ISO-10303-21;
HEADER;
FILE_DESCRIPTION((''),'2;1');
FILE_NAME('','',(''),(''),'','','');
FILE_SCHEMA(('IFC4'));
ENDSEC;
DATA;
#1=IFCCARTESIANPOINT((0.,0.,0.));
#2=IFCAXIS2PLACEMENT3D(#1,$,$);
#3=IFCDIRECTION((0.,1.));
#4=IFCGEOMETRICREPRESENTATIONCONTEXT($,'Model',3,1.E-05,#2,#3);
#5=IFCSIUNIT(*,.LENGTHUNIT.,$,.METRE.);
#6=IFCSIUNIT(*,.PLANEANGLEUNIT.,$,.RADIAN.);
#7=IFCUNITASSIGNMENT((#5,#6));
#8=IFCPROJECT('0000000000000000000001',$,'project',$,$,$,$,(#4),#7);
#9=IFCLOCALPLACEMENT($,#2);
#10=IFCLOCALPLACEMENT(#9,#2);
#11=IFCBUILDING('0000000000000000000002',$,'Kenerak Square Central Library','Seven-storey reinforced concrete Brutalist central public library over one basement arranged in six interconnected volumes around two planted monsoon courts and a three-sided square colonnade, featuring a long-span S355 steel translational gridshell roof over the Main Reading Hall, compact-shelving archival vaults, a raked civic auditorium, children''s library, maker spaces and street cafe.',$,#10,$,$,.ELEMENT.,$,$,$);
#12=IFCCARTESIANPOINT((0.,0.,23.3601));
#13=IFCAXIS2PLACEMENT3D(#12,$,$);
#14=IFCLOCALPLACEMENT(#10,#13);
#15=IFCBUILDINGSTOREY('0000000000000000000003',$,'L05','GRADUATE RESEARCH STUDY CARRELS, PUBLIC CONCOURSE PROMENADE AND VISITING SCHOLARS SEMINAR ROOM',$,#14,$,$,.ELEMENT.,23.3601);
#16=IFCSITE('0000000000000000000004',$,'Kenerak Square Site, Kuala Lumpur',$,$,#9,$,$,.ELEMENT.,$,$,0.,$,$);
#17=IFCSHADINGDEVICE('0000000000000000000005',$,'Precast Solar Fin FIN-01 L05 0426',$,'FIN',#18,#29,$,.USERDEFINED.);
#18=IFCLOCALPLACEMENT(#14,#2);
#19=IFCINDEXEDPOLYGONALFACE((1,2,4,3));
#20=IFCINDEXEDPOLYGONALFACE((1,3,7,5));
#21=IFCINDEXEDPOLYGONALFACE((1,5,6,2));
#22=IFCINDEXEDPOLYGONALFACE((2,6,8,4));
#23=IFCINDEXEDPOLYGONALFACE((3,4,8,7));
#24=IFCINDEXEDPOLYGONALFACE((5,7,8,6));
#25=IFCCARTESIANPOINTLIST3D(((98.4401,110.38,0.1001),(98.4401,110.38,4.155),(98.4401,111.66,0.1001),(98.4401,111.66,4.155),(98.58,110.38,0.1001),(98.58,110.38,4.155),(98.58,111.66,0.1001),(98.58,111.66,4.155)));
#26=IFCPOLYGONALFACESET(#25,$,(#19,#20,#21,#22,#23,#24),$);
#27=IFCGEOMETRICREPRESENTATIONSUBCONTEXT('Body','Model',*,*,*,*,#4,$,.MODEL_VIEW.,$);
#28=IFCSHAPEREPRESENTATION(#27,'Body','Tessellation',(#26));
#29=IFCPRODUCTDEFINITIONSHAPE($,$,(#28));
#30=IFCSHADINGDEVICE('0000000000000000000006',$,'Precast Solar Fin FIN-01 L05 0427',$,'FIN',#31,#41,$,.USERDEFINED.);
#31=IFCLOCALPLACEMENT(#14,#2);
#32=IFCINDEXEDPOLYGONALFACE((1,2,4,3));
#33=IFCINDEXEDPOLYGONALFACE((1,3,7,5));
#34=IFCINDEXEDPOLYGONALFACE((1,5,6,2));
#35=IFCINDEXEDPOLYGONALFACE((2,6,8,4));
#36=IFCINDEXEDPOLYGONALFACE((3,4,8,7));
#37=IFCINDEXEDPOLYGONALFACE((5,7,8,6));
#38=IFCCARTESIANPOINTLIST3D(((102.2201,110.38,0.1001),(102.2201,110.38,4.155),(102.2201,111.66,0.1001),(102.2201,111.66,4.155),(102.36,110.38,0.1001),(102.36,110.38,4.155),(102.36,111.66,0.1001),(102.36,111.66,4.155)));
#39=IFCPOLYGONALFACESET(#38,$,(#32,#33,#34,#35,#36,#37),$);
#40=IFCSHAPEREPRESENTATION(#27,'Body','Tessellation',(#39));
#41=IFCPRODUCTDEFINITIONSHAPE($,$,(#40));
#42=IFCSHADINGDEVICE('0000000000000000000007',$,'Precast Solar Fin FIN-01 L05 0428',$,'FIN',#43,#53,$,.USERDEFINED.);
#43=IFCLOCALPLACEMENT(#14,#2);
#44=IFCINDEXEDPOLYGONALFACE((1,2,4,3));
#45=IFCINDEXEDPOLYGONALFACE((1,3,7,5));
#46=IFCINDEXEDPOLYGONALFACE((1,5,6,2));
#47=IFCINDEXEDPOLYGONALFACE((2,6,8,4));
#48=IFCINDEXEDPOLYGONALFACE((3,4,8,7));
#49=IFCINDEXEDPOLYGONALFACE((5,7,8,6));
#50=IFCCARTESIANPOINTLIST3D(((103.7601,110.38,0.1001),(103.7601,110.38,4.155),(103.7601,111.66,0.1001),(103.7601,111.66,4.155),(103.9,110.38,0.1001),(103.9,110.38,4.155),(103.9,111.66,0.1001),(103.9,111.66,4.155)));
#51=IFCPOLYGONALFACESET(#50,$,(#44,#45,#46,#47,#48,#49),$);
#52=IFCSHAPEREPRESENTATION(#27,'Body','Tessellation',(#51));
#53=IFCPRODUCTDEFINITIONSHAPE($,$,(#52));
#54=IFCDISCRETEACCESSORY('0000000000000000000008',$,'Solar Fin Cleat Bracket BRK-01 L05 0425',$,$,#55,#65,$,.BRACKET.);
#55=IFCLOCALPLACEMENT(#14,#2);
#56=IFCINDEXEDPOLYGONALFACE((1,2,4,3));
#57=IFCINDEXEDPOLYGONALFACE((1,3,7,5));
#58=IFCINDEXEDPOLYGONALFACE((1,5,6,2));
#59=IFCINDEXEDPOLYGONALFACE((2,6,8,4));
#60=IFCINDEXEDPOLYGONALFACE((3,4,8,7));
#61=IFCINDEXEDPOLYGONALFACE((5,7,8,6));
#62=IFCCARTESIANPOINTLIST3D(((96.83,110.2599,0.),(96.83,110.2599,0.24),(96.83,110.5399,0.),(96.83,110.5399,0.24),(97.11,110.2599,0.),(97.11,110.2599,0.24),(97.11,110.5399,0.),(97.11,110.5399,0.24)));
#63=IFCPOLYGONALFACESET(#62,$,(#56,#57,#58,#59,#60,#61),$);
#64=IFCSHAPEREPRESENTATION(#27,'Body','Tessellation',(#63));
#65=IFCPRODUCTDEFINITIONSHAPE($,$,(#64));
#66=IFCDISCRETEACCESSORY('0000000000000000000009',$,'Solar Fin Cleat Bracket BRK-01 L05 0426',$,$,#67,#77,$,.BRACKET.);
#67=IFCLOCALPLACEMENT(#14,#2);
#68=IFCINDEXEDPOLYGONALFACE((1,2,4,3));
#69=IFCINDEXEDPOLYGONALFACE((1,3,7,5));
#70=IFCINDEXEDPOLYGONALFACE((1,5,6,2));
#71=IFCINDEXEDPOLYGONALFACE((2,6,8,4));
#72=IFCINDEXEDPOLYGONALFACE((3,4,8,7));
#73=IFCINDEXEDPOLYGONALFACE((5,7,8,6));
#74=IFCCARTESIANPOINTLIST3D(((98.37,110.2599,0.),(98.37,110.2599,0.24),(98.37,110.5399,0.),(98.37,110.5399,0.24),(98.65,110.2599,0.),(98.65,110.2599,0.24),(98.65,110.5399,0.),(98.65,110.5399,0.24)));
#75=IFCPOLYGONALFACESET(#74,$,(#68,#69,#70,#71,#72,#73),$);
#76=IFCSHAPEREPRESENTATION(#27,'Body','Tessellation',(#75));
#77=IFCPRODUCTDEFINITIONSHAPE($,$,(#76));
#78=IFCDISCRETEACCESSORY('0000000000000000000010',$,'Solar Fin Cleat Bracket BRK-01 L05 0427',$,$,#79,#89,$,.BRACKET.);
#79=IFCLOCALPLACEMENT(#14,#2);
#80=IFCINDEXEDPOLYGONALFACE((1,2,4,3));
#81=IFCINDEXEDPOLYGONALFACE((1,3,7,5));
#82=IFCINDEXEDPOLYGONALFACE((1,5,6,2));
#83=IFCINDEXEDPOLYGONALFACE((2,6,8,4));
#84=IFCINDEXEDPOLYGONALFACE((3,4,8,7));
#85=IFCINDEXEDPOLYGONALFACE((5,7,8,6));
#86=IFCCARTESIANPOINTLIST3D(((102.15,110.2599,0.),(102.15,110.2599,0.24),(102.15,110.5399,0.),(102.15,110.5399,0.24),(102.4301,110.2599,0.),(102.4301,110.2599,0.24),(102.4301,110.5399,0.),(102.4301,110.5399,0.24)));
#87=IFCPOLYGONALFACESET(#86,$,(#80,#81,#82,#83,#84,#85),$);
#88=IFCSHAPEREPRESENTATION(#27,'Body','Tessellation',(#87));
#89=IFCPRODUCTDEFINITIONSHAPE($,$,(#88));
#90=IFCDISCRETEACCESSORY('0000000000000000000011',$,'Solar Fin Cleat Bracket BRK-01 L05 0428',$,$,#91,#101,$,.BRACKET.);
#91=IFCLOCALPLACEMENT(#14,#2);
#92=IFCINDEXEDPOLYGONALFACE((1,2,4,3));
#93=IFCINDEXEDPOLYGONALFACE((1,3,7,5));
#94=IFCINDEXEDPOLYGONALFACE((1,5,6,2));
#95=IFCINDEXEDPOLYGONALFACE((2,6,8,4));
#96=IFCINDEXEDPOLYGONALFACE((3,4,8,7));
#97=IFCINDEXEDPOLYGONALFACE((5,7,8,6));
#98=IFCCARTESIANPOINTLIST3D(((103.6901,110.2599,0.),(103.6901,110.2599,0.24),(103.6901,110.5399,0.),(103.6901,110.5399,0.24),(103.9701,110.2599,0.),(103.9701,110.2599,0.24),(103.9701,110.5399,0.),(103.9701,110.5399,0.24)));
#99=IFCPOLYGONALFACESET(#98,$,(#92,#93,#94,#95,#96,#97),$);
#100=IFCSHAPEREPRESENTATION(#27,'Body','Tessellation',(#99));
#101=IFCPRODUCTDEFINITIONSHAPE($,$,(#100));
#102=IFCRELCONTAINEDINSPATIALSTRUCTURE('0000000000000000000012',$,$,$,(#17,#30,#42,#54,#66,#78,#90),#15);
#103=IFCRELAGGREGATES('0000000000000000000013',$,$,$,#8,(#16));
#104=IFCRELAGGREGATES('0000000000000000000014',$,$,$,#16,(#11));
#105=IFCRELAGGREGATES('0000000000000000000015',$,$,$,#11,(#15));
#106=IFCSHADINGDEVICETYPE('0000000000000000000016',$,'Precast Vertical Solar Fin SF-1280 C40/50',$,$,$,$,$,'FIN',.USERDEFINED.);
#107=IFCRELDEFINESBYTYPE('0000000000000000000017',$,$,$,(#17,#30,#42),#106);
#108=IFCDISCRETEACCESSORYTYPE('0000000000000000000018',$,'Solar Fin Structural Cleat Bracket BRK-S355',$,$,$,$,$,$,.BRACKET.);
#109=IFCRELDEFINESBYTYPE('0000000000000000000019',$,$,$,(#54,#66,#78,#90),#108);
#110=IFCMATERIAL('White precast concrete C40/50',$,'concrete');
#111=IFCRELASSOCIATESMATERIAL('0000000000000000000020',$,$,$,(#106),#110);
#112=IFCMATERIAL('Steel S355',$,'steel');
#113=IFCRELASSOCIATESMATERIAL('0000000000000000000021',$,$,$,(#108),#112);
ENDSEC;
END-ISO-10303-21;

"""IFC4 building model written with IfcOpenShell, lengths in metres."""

from ifc_helpers import new_model, si_unit, direction, frame, origin, origin_2d, place, context, subcontext, project, spatial, rectangle, extrude, material, type_object, element, save


model = new_model("IFC4")

# Units and contexts
model_context = context("Model", 3, precision=1e-05, world=origin(), true_north=direction((0.0, 1.0)))
body_context = subcontext(model_context, "Body", "Model", "MODEL_VIEW")
ifc_project = project(units=[si_unit("LENGTHUNIT", "METRE"), si_unit("PLANEANGLEUNIT", "RADIAN")], contexts=[model_context])

# Site, building, storey
site_placement = place(None, origin())
site = spatial("IfcSite", under=ifc_project, at=site_placement, Name="Kenerak Square Site, Kuala Lumpur", CompositionType="ELEMENT", RefElevation=0.0)
building_placement = place(site_placement, origin())
building = spatial("IfcBuilding", under=site, at=building_placement, Name="Kenerak Square Central Library", Description="Seven-storey reinforced concrete Brutalist central public library over one basement arranged in six interconnected volumes around two planted monsoon courts and a three-sided square colonnade, featuring a long-span S355 steel translational gridshell roof over the Main Reading Hall, compact-shelving archival vaults, a raked civic auditorium, children's library, maker spaces and street cafe.", CompositionType="ELEMENT")
storey_placement = place(building_placement, frame((0.0, 0.0, 23.3601)))
storey = spatial("IfcBuildingStorey", under=building, at=storey_placement, Name="L05", Description="GRADUATE RESEARCH STUDY CARRELS, PUBLIC CONCOURSE PROMENADE AND VISITING SCHOLARS SEMINAR ROOM", CompositionType="ELEMENT", Elevation=23.3601)

# Shading devices
ifc_material_1 = material(Name="White precast concrete C40/50", Category="concrete")
shading_device_type = type_object("IfcShadingDeviceType", Name="Precast Vertical Solar Fin SF-1280 C40/50", ElementType="FIN", PredefinedType="USERDEFINED", material=ifc_material_1)
for number, where, z_axis, x_axis, name in (
    (1, (98.51, 111.02, 0.1001), (0.0, 0.0, 1.0), (1.0, 0.0, 0.0), "Precast Solar Fin FIN-01 L05 0426"),
    (2, (102.29, 111.02, 0.1001), (0.0, 0.0, 1.0), (1.0, 0.0, 0.0), "Precast Solar Fin FIN-01 L05 0427"),
    (3, (103.8301, 111.02, 0.1001), (0.0, 0.0, 1.0), (1.0, 0.0, 0.0), "Precast Solar Fin FIN-01 L05 0428"),
):
    element("IfcShadingDevice", number, at=place(storey_placement, frame(where, z_axis=z_axis, x_axis=x_axis)), inside=storey, type_object=shading_device_type, Name=name, ObjectType="FIN", PredefinedType="USERDEFINED", context=body_context, shape_type="SweptSolid", body=[
        extrude(rectangle(XDim=0.1399, YDim=1.28, at=origin_2d()), origin(), (0.0, 0.0, 1.0), 4.0549),
    ])

# Discrete accessories
ifc_material_2 = material(Name="Steel S355", Category="steel")
discrete_accessory_type = type_object("IfcDiscreteAccessoryType", Name="Solar Fin Structural Cleat Bracket BRK-S355", PredefinedType="BRACKET", material=ifc_material_2)
for number, where, z_axis, x_axis, name in (
    (4, (96.97, 110.3999, 0.0), (0.0, 0.0, 1.0), (1.0, 0.0, 0.0), "Solar Fin Cleat Bracket BRK-01 L05 0425"),
    (5, (98.51, 110.3999, 0.0), (0.0, 0.0, 1.0), (1.0, 0.0, 0.0), "Solar Fin Cleat Bracket BRK-01 L05 0426"),
    (6, (102.29, 110.3999, 0.0), (0.0, 0.0, 1.0), (1.0, 0.0, 0.0), "Solar Fin Cleat Bracket BRK-01 L05 0427"),
    (7, (103.8301, 110.3999, 0.0), (0.0, 0.0, 1.0), (1.0, 0.0, 0.0), "Solar Fin Cleat Bracket BRK-01 L05 0428"),
):
    element("IfcDiscreteAccessory", number, at=place(storey_placement, frame(where, z_axis=z_axis, x_axis=x_axis)), inside=storey, type_object=discrete_accessory_type, Name=name, PredefinedType="BRACKET", context=body_context, shape_type="SweptSolid", body=[
        extrude(rectangle(XDim=0.28, YDim=0.28, at=origin_2d()), origin(), (0.0, 0.0, 1.0), 0.24),
    ])

save(model, "model.ifc")
